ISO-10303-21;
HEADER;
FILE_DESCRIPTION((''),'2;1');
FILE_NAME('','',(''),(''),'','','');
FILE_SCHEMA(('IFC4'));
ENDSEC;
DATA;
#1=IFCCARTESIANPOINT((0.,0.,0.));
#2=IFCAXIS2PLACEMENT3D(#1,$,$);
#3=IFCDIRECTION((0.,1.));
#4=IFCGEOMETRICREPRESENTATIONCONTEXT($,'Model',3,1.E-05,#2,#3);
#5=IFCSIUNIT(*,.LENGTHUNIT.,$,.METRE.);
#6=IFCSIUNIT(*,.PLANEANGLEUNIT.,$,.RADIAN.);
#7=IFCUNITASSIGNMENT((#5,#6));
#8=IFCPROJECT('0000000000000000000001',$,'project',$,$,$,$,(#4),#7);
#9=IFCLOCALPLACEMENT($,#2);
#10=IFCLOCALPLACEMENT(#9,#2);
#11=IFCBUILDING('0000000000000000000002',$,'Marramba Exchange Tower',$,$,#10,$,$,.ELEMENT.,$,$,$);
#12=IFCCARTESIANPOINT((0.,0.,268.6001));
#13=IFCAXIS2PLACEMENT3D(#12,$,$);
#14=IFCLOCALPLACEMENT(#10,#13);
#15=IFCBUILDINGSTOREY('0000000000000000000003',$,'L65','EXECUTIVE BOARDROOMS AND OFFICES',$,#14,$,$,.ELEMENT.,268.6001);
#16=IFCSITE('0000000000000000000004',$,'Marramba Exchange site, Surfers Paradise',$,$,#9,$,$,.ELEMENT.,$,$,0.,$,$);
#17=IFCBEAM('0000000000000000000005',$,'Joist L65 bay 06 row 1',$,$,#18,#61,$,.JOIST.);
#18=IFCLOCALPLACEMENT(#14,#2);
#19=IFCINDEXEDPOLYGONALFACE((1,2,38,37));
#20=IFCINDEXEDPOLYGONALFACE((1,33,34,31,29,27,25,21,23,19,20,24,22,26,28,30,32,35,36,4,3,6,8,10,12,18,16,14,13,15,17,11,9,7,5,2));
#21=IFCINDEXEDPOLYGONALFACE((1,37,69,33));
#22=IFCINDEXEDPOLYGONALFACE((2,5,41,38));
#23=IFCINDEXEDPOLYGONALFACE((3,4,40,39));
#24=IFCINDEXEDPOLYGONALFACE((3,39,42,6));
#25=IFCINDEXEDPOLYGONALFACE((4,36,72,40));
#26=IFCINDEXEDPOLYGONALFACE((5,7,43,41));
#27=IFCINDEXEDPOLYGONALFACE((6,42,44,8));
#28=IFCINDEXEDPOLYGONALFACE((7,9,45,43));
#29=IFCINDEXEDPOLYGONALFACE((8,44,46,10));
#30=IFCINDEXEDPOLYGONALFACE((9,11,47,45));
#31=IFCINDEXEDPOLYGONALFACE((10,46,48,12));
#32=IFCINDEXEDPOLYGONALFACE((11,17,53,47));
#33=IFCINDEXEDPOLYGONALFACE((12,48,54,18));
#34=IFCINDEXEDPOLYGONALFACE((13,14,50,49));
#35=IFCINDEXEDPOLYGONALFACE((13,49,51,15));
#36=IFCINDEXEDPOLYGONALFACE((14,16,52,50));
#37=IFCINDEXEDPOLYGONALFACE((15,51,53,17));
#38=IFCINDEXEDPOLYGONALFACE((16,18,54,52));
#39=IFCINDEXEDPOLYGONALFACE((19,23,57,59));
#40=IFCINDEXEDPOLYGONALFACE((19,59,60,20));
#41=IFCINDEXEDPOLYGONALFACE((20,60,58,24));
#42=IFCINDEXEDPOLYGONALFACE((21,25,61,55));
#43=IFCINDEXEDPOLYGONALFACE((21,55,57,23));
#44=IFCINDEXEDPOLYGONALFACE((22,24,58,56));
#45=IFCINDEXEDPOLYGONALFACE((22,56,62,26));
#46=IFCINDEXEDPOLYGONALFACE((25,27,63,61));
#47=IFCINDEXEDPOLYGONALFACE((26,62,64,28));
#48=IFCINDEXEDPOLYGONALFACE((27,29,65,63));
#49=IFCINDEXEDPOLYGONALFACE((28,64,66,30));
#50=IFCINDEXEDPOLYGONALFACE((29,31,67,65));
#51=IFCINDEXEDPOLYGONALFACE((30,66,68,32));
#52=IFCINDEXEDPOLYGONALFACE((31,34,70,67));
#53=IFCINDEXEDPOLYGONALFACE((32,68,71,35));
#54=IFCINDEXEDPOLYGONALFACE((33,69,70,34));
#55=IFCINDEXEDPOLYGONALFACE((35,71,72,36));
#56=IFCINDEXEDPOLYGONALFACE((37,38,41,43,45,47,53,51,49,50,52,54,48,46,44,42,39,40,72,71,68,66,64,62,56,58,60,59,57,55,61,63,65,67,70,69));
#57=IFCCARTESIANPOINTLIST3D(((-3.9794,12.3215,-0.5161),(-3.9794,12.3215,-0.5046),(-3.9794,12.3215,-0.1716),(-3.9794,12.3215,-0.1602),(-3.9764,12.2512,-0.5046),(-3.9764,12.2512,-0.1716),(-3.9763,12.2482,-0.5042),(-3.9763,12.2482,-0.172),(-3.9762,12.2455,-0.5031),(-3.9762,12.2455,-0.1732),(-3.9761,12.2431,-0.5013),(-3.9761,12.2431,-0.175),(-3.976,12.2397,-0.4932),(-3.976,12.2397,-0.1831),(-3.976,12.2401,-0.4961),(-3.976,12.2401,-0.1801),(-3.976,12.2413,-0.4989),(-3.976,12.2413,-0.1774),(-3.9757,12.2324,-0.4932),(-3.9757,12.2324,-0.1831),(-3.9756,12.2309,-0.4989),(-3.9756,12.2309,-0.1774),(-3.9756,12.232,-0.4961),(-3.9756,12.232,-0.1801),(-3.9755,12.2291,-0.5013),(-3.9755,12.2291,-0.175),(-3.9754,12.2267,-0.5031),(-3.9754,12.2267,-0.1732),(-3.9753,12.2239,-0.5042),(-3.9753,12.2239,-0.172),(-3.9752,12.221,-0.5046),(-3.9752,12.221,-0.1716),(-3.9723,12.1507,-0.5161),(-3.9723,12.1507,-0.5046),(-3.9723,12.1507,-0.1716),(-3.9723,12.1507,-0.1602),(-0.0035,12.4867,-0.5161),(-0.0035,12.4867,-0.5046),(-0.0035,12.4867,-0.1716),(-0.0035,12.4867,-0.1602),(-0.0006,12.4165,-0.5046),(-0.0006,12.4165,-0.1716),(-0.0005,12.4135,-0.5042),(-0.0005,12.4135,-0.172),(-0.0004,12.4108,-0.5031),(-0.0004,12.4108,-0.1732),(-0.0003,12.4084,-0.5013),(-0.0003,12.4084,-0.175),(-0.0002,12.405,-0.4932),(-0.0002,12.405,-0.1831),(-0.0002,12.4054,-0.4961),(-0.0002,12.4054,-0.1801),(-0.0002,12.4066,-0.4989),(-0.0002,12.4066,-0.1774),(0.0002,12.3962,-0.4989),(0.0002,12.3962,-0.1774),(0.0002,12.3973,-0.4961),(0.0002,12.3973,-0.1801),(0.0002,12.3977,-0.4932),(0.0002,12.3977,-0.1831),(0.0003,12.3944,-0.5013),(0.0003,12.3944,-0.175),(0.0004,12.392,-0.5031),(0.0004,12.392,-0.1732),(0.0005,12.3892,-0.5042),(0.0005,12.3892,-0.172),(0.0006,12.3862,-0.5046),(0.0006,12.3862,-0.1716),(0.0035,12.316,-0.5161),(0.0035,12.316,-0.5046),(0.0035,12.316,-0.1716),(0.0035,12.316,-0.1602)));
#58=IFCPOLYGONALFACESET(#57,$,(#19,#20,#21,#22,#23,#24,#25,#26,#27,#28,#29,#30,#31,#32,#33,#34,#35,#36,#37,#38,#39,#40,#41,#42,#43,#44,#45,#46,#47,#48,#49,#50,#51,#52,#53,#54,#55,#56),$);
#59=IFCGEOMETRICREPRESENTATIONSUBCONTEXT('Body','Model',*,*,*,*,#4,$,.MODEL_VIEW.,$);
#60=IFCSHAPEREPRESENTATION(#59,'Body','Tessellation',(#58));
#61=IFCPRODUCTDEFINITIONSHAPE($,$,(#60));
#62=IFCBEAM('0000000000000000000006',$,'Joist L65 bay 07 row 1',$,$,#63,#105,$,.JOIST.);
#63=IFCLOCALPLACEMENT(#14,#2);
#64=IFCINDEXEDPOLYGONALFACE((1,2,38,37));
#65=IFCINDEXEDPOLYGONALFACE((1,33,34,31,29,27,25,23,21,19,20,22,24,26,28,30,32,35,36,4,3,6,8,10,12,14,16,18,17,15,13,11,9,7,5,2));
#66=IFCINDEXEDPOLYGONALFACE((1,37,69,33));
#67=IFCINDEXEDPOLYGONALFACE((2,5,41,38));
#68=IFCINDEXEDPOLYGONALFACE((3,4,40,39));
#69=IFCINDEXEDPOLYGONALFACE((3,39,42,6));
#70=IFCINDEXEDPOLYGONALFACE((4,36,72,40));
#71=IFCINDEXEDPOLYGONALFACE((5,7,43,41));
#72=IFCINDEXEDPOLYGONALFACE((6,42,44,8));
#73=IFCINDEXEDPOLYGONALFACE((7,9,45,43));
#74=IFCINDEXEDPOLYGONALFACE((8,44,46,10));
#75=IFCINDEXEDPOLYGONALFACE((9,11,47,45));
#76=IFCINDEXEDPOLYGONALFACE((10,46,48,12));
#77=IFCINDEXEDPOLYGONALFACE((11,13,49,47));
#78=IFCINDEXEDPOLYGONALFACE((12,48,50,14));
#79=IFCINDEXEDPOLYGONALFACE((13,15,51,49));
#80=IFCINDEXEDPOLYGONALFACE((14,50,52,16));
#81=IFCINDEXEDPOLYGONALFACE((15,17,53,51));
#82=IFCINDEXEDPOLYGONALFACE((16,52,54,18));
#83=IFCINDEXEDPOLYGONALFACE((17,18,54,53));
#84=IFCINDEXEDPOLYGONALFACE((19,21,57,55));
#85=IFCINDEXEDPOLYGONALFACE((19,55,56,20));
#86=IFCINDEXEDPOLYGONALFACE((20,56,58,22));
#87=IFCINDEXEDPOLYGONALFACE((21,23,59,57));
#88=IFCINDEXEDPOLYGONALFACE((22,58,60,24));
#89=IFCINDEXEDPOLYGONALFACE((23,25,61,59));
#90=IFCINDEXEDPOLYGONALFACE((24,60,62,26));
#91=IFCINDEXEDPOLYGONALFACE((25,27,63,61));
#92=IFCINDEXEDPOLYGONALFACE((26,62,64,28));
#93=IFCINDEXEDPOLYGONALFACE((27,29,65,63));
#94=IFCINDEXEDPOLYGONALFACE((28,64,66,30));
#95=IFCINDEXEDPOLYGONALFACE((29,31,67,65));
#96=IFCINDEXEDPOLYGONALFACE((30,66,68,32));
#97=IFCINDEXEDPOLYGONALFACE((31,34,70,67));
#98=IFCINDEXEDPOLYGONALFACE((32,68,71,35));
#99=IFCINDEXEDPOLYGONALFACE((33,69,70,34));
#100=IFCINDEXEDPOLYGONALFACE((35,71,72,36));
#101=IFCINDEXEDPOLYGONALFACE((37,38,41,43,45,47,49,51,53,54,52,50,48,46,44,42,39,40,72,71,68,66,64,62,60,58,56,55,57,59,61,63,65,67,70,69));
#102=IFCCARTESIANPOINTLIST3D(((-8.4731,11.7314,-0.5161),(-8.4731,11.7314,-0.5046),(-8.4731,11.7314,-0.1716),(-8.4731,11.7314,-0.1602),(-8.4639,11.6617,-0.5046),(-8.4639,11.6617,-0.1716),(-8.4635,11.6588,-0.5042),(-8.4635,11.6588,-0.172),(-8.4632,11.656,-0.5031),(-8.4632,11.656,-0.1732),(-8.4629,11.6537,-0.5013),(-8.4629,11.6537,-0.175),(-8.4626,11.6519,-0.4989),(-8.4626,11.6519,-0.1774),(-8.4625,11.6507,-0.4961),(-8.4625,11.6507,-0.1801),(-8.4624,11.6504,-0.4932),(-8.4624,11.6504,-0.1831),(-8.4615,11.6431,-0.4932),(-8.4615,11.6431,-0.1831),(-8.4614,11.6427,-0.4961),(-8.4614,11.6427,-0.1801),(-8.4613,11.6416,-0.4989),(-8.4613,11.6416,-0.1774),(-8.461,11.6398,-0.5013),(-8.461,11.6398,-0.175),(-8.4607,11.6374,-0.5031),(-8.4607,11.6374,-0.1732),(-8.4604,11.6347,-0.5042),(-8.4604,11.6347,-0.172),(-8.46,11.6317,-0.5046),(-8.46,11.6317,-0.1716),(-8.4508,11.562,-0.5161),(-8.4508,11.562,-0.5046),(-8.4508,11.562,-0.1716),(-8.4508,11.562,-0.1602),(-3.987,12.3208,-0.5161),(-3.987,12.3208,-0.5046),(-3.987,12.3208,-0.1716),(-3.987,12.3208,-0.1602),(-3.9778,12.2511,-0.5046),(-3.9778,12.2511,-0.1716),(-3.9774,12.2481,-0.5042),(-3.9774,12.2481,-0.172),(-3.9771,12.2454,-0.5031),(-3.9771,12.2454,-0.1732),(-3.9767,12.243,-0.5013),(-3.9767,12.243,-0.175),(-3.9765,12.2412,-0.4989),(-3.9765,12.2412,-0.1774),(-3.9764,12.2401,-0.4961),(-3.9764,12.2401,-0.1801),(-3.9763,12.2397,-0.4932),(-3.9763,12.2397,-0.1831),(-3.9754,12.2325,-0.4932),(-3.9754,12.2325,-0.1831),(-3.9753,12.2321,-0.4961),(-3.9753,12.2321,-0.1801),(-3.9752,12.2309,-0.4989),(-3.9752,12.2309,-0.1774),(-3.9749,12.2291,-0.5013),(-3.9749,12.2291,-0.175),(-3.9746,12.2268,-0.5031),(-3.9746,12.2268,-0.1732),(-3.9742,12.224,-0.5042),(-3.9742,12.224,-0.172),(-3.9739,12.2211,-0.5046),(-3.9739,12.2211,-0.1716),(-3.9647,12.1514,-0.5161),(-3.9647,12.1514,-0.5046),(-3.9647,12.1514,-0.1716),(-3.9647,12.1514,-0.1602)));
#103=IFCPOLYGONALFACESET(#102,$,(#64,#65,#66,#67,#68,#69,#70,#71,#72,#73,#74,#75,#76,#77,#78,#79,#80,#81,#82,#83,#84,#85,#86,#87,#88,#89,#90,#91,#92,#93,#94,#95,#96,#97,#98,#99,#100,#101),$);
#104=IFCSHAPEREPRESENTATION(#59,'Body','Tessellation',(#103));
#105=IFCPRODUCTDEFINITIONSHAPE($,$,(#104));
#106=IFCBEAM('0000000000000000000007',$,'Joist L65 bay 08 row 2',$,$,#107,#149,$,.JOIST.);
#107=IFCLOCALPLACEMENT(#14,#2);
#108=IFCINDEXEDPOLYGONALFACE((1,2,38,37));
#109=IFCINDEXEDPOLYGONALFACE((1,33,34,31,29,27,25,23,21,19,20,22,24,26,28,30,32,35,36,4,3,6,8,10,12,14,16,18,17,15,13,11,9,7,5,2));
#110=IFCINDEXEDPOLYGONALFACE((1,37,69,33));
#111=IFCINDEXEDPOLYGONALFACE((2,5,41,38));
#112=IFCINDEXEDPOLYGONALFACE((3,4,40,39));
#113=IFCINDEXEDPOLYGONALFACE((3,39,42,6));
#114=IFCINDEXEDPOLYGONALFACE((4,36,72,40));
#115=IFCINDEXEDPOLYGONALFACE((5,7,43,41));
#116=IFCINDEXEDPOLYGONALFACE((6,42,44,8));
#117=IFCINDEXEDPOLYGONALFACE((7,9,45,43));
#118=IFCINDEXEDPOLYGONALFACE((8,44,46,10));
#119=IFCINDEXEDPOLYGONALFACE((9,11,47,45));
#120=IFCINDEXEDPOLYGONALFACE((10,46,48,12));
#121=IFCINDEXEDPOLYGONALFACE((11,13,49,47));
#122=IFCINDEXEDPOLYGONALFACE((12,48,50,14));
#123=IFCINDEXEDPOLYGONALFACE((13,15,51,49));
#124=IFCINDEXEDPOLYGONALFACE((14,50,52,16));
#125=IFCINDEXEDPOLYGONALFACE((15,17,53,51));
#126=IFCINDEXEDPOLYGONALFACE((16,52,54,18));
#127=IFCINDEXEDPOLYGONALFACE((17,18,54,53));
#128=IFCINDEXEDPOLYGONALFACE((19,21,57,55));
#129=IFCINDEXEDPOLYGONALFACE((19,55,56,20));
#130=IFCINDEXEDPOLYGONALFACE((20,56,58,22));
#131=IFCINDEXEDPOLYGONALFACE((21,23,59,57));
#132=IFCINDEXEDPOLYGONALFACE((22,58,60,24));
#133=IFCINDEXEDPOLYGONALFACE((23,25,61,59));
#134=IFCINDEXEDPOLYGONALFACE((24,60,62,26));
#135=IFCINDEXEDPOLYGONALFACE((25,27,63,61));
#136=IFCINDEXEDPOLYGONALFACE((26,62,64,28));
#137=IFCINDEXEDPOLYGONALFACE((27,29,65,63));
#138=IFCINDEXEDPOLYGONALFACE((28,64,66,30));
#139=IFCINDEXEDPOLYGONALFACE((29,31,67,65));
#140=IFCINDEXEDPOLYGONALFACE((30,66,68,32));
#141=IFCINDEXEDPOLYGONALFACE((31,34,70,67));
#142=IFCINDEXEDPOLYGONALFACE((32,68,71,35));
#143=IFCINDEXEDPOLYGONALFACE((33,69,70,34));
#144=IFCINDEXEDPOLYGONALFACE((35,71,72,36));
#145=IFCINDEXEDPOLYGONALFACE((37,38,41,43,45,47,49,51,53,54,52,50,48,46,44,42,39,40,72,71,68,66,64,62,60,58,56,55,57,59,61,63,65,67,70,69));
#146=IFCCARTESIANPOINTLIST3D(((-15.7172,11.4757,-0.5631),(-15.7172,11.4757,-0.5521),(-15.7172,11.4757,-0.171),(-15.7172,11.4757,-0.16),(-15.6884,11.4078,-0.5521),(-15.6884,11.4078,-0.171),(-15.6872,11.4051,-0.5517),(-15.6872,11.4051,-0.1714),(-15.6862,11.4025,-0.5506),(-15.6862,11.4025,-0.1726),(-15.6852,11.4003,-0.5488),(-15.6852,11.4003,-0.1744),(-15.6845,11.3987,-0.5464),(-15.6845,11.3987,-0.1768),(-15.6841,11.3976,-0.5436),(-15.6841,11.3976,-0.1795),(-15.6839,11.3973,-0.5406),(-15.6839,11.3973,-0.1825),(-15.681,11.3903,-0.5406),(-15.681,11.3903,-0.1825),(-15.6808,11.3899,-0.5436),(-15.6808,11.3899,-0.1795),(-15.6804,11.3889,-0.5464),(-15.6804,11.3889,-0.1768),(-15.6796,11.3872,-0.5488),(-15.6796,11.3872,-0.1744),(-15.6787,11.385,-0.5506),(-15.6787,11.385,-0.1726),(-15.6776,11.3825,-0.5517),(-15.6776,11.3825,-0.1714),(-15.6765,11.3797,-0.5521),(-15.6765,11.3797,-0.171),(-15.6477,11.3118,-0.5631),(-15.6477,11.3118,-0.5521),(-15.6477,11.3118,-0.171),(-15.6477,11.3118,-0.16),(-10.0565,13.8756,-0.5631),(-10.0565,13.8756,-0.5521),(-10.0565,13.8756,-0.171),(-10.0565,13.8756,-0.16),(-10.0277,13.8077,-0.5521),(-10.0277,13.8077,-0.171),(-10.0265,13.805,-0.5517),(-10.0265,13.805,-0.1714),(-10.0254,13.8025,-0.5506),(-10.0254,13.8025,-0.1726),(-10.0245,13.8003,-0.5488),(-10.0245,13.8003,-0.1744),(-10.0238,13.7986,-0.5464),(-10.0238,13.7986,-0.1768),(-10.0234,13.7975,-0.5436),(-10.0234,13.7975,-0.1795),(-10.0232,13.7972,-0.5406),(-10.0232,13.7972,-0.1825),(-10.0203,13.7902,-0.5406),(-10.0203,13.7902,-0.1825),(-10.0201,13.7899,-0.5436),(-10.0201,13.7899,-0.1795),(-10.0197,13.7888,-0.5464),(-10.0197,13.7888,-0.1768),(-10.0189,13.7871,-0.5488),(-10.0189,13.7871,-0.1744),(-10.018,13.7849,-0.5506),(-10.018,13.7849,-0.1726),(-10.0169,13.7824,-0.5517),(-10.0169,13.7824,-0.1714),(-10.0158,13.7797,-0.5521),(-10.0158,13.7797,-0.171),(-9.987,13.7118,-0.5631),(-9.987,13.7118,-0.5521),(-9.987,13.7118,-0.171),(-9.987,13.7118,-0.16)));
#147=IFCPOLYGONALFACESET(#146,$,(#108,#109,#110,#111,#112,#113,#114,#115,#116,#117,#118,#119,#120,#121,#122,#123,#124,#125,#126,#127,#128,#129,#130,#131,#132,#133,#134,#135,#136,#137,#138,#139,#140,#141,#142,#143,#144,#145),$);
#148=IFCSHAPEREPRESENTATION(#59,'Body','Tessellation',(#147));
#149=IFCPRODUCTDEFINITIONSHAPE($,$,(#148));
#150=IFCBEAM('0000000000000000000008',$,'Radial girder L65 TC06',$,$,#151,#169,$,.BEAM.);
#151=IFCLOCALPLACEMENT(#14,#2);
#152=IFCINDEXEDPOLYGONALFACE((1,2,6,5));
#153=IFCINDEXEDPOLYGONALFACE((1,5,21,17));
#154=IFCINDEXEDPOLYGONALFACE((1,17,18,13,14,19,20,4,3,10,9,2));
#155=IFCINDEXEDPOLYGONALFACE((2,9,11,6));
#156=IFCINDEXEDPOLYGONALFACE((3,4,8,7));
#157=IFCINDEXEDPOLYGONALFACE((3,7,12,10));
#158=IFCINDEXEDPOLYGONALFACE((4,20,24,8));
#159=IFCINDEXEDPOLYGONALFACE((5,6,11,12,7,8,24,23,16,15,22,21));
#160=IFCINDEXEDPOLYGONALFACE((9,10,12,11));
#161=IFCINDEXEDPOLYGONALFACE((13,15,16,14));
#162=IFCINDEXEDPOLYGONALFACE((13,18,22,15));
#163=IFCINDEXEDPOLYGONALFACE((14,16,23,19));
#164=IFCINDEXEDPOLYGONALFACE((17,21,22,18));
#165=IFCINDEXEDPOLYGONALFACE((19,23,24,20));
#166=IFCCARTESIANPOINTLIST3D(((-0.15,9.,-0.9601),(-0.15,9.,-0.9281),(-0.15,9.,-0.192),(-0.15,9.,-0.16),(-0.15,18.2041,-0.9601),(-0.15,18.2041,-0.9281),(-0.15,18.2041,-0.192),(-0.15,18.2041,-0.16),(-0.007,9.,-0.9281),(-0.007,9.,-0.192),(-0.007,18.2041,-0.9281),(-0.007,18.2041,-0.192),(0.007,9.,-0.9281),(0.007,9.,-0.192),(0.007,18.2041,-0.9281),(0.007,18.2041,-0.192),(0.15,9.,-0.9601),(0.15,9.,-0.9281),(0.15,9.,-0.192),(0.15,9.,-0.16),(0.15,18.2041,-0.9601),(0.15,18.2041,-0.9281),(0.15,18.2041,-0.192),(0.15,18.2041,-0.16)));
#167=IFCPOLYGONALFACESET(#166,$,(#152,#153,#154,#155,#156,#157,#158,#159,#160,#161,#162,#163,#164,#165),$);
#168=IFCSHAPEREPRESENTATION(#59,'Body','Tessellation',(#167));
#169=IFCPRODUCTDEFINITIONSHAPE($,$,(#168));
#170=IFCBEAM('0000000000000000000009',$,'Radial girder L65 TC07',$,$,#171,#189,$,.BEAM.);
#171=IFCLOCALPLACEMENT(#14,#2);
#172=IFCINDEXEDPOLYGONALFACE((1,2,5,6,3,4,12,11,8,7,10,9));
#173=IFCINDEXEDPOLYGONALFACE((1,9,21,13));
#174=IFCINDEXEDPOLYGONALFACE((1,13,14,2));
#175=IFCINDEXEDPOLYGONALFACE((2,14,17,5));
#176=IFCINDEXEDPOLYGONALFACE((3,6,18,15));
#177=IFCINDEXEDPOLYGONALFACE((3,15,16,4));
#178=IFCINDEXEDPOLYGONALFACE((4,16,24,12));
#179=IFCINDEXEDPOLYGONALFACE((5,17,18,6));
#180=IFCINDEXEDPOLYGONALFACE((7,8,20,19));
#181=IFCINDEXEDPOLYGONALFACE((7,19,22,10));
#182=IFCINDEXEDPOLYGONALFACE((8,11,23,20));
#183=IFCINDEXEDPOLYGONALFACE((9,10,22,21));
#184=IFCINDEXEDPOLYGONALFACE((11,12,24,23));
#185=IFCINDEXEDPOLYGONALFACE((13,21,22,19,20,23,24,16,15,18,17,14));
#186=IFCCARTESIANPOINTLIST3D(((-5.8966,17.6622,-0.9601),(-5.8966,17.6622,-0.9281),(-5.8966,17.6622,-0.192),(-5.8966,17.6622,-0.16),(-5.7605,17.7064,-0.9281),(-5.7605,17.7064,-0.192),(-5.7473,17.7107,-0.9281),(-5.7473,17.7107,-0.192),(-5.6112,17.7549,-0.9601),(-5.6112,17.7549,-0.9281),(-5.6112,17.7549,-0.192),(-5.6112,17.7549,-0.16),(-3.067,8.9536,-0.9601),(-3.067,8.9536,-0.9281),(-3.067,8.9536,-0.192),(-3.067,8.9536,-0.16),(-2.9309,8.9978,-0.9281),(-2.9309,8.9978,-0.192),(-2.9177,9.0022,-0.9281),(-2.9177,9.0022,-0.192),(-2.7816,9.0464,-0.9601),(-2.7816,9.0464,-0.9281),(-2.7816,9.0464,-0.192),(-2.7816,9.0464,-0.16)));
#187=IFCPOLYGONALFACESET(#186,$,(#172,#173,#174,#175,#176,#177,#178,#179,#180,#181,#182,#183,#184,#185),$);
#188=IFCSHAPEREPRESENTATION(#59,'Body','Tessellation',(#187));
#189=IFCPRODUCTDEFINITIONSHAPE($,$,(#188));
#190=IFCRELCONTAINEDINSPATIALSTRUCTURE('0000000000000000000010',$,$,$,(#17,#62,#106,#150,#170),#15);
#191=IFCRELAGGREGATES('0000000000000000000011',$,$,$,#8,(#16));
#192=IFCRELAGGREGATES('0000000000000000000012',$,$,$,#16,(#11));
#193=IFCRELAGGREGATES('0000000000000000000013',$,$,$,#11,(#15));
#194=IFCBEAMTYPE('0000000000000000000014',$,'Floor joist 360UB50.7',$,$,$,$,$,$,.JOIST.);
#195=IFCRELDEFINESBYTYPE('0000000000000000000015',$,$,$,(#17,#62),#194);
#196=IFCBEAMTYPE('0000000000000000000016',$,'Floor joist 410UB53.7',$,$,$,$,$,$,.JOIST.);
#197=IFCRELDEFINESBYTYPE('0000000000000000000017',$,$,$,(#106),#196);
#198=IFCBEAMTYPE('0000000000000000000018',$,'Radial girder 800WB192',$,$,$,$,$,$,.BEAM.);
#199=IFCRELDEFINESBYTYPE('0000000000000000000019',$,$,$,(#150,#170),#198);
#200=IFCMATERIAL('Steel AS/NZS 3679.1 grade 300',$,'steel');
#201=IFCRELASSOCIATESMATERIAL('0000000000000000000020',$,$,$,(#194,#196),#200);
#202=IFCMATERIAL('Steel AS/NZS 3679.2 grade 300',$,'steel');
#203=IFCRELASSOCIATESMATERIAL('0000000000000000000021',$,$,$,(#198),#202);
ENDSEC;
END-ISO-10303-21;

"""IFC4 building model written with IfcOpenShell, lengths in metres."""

from ifc_helpers import new_model, si_unit, direction, frame, origin, origin_2d, place, context, subcontext, project, spatial, i_section, extrude, material, material_profile, profile_set, type_object, element, save


model = new_model("IFC4")

# Units and contexts
model_context = context("Model", 3, precision=1e-05, world=origin(), true_north=direction((0.0, 1.0)))
body_context = subcontext(model_context, "Body", "Model", "MODEL_VIEW")
ifc_project = project(units=[si_unit("LENGTHUNIT", "METRE"), si_unit("PLANEANGLEUNIT", "RADIAN")], contexts=[model_context])

# Site, building, storey
site_placement = place(None, origin())
site = spatial("IfcSite", under=ifc_project, at=site_placement, Name="Marramba Exchange site, Surfers Paradise", CompositionType="ELEMENT", RefElevation=0.0)
building_placement = place(site_placement, origin())
building = spatial("IfcBuilding", under=site, at=building_placement, Name="Marramba Exchange Tower", CompositionType="ELEMENT")
storey_placement = place(building_placement, frame((0.0, 0.0, 268.6001)))
storey = spatial("IfcBuildingStorey", under=building, at=storey_placement, Name="L65", Description="EXECUTIVE BOARDROOMS AND OFFICES", CompositionType="ELEMENT", Elevation=268.6001)

# Beams
ifc_material_1 = material(Name="Steel AS/NZS 3679.1 grade 300", Category="steel")
ifc_material_profile_1 = material_profile(ifc_material_1, i_section(OverallWidth=0.1709, OverallDepth=0.356, WebThickness=0.0073, FlangeThickness=0.0115, FilletRadius=0.0115, at=origin_2d()), Name="360UB50.7")
ifc_profile_set_1 = profile_set([ifc_material_profile_1], Name="Steel AS/NZS 3679.1 grade 300")
beam_type_1 = type_object("IfcBeamType", Name="Floor joist 360UB50.7", PredefinedType="JOIST", material=ifc_profile_set_1)
beam_1_placement = place(storey_placement, frame((0.0, 12.4014, -0.3381), z_axis=(-0.999137, -0.041536, 0.0), x_axis=(0.041536, -0.999137, 0.0)))
element("IfcBeam", 1, at=beam_1_placement, inside=storey, type_object=beam_type_1, Name="Joist L65 bay 06 row 1", PredefinedType="JOIST", context=body_context, shape_type="SweptSolid", body=[
    extrude(i_section(OverallWidth=0.1709, OverallDepth=0.356, WebThickness=0.0073, FlangeThickness=0.0115, FilletRadius=0.0115, at=origin_2d()), origin(), (0.0, 0.0, 1.0), 3.9792),
])
beam_2_placement = place(storey_placement, frame((-3.9758, 12.2361, -0.3381), z_axis=(-0.991481, -0.130255, 0.0), x_axis=(0.130255, -0.991481, 0.0)))
element("IfcBeam", 2, at=beam_2_placement, inside=storey, type_object=beam_type_1, Name="Joist L65 bay 07 row 1", PredefinedType="JOIST", context=body_context, shape_type="SweptSolid", body=[
    extrude(i_section(OverallWidth=0.1709, OverallDepth=0.356, WebThickness=0.0073, FlangeThickness=0.0115, FilletRadius=0.0115, at=origin_2d()), origin(), (0.0, 0.0, 1.0), 4.5247),
])
ifc_material_profile_2 = material_profile(ifc_material_1, i_section(OverallWidth=0.178, OverallDepth=0.4031, WebThickness=0.0076, FlangeThickness=0.011, FilletRadius=0.0115, at=origin_2d()), Name="410UB53.7")
ifc_profile_set_2 = profile_set([ifc_material_profile_2], Name="Steel AS/NZS 3679.1 grade 300")
beam_type_2 = type_object("IfcBeamType", Name="Floor joist 410UB53.7", PredefinedType="JOIST", material=ifc_profile_set_2)
beam_3_placement = place(storey_placement, frame((-10.0217, 13.7937, -0.3616), z_axis=(-0.920674, -0.390332, 0.0), x_axis=(0.390332, -0.920674, 0.0)))
element("IfcBeam", 3, at=beam_3_placement, inside=storey, type_object=beam_type_2, Name="Joist L65 bay 08 row 2", PredefinedType="JOIST", context=body_context, shape_type="SweptSolid", body=[
    extrude(i_section(OverallWidth=0.178, OverallDepth=0.4031, WebThickness=0.0076, FlangeThickness=0.011, FilletRadius=0.0115, at=origin_2d()), origin(), (0.0, 0.0, 1.0), 6.1484),
])
ifc_material_2 = material(Name="Steel AS/NZS 3679.2 grade 300", Category="steel")
ifc_material_profile_3 = material_profile(ifc_material_2, i_section(OverallWidth=0.3, OverallDepth=0.8, WebThickness=0.0139, FlangeThickness=0.032, at=origin_2d()), Name="800WB192")
ifc_profile_set_3 = profile_set([ifc_material_profile_3], Name="Steel AS/NZS 3679.2 grade 300")
beam_type_3 = type_object("IfcBeamType", Name="Radial girder 800WB192", PredefinedType="BEAM", material=ifc_profile_set_3)
beam_4_placement = place(storey_placement, frame((0.0, 9.0, -0.5601), z_axis=(0.0, 1.0, 0.0), x_axis=(-1.0, 0.0, 0.0)))
element("IfcBeam", 4, at=beam_4_placement, inside=storey, type_object=beam_type_3, Name="Radial girder L65 TC06", PredefinedType="BEAM", context=body_context, shape_type="SweptSolid", body=[
    extrude(i_section(OverallWidth=0.3, OverallDepth=0.8, WebThickness=0.0139, FlangeThickness=0.032, at=origin_2d()), origin(), (0.0, 0.0, 1.0), 9.2041),
])
beam_5_placement = place(storey_placement, frame((-2.9243, 9.0, -0.5601), z_axis=(-0.30902, 0.951056, 0.0), x_axis=(-0.951056, -0.30902, 0.0)))
element("IfcBeam", 5, at=beam_5_placement, inside=storey, type_object=beam_type_3, Name="Radial girder L65 TC07", PredefinedType="BEAM", context=body_context, shape_type="SweptSolid", body=[
    extrude(i_section(OverallWidth=0.3, OverallDepth=0.8, WebThickness=0.0139, FlangeThickness=0.032, at=origin_2d()), origin(), (0.0, 0.0, 1.0), 9.1567),
])

save(model, "model.ifc")
